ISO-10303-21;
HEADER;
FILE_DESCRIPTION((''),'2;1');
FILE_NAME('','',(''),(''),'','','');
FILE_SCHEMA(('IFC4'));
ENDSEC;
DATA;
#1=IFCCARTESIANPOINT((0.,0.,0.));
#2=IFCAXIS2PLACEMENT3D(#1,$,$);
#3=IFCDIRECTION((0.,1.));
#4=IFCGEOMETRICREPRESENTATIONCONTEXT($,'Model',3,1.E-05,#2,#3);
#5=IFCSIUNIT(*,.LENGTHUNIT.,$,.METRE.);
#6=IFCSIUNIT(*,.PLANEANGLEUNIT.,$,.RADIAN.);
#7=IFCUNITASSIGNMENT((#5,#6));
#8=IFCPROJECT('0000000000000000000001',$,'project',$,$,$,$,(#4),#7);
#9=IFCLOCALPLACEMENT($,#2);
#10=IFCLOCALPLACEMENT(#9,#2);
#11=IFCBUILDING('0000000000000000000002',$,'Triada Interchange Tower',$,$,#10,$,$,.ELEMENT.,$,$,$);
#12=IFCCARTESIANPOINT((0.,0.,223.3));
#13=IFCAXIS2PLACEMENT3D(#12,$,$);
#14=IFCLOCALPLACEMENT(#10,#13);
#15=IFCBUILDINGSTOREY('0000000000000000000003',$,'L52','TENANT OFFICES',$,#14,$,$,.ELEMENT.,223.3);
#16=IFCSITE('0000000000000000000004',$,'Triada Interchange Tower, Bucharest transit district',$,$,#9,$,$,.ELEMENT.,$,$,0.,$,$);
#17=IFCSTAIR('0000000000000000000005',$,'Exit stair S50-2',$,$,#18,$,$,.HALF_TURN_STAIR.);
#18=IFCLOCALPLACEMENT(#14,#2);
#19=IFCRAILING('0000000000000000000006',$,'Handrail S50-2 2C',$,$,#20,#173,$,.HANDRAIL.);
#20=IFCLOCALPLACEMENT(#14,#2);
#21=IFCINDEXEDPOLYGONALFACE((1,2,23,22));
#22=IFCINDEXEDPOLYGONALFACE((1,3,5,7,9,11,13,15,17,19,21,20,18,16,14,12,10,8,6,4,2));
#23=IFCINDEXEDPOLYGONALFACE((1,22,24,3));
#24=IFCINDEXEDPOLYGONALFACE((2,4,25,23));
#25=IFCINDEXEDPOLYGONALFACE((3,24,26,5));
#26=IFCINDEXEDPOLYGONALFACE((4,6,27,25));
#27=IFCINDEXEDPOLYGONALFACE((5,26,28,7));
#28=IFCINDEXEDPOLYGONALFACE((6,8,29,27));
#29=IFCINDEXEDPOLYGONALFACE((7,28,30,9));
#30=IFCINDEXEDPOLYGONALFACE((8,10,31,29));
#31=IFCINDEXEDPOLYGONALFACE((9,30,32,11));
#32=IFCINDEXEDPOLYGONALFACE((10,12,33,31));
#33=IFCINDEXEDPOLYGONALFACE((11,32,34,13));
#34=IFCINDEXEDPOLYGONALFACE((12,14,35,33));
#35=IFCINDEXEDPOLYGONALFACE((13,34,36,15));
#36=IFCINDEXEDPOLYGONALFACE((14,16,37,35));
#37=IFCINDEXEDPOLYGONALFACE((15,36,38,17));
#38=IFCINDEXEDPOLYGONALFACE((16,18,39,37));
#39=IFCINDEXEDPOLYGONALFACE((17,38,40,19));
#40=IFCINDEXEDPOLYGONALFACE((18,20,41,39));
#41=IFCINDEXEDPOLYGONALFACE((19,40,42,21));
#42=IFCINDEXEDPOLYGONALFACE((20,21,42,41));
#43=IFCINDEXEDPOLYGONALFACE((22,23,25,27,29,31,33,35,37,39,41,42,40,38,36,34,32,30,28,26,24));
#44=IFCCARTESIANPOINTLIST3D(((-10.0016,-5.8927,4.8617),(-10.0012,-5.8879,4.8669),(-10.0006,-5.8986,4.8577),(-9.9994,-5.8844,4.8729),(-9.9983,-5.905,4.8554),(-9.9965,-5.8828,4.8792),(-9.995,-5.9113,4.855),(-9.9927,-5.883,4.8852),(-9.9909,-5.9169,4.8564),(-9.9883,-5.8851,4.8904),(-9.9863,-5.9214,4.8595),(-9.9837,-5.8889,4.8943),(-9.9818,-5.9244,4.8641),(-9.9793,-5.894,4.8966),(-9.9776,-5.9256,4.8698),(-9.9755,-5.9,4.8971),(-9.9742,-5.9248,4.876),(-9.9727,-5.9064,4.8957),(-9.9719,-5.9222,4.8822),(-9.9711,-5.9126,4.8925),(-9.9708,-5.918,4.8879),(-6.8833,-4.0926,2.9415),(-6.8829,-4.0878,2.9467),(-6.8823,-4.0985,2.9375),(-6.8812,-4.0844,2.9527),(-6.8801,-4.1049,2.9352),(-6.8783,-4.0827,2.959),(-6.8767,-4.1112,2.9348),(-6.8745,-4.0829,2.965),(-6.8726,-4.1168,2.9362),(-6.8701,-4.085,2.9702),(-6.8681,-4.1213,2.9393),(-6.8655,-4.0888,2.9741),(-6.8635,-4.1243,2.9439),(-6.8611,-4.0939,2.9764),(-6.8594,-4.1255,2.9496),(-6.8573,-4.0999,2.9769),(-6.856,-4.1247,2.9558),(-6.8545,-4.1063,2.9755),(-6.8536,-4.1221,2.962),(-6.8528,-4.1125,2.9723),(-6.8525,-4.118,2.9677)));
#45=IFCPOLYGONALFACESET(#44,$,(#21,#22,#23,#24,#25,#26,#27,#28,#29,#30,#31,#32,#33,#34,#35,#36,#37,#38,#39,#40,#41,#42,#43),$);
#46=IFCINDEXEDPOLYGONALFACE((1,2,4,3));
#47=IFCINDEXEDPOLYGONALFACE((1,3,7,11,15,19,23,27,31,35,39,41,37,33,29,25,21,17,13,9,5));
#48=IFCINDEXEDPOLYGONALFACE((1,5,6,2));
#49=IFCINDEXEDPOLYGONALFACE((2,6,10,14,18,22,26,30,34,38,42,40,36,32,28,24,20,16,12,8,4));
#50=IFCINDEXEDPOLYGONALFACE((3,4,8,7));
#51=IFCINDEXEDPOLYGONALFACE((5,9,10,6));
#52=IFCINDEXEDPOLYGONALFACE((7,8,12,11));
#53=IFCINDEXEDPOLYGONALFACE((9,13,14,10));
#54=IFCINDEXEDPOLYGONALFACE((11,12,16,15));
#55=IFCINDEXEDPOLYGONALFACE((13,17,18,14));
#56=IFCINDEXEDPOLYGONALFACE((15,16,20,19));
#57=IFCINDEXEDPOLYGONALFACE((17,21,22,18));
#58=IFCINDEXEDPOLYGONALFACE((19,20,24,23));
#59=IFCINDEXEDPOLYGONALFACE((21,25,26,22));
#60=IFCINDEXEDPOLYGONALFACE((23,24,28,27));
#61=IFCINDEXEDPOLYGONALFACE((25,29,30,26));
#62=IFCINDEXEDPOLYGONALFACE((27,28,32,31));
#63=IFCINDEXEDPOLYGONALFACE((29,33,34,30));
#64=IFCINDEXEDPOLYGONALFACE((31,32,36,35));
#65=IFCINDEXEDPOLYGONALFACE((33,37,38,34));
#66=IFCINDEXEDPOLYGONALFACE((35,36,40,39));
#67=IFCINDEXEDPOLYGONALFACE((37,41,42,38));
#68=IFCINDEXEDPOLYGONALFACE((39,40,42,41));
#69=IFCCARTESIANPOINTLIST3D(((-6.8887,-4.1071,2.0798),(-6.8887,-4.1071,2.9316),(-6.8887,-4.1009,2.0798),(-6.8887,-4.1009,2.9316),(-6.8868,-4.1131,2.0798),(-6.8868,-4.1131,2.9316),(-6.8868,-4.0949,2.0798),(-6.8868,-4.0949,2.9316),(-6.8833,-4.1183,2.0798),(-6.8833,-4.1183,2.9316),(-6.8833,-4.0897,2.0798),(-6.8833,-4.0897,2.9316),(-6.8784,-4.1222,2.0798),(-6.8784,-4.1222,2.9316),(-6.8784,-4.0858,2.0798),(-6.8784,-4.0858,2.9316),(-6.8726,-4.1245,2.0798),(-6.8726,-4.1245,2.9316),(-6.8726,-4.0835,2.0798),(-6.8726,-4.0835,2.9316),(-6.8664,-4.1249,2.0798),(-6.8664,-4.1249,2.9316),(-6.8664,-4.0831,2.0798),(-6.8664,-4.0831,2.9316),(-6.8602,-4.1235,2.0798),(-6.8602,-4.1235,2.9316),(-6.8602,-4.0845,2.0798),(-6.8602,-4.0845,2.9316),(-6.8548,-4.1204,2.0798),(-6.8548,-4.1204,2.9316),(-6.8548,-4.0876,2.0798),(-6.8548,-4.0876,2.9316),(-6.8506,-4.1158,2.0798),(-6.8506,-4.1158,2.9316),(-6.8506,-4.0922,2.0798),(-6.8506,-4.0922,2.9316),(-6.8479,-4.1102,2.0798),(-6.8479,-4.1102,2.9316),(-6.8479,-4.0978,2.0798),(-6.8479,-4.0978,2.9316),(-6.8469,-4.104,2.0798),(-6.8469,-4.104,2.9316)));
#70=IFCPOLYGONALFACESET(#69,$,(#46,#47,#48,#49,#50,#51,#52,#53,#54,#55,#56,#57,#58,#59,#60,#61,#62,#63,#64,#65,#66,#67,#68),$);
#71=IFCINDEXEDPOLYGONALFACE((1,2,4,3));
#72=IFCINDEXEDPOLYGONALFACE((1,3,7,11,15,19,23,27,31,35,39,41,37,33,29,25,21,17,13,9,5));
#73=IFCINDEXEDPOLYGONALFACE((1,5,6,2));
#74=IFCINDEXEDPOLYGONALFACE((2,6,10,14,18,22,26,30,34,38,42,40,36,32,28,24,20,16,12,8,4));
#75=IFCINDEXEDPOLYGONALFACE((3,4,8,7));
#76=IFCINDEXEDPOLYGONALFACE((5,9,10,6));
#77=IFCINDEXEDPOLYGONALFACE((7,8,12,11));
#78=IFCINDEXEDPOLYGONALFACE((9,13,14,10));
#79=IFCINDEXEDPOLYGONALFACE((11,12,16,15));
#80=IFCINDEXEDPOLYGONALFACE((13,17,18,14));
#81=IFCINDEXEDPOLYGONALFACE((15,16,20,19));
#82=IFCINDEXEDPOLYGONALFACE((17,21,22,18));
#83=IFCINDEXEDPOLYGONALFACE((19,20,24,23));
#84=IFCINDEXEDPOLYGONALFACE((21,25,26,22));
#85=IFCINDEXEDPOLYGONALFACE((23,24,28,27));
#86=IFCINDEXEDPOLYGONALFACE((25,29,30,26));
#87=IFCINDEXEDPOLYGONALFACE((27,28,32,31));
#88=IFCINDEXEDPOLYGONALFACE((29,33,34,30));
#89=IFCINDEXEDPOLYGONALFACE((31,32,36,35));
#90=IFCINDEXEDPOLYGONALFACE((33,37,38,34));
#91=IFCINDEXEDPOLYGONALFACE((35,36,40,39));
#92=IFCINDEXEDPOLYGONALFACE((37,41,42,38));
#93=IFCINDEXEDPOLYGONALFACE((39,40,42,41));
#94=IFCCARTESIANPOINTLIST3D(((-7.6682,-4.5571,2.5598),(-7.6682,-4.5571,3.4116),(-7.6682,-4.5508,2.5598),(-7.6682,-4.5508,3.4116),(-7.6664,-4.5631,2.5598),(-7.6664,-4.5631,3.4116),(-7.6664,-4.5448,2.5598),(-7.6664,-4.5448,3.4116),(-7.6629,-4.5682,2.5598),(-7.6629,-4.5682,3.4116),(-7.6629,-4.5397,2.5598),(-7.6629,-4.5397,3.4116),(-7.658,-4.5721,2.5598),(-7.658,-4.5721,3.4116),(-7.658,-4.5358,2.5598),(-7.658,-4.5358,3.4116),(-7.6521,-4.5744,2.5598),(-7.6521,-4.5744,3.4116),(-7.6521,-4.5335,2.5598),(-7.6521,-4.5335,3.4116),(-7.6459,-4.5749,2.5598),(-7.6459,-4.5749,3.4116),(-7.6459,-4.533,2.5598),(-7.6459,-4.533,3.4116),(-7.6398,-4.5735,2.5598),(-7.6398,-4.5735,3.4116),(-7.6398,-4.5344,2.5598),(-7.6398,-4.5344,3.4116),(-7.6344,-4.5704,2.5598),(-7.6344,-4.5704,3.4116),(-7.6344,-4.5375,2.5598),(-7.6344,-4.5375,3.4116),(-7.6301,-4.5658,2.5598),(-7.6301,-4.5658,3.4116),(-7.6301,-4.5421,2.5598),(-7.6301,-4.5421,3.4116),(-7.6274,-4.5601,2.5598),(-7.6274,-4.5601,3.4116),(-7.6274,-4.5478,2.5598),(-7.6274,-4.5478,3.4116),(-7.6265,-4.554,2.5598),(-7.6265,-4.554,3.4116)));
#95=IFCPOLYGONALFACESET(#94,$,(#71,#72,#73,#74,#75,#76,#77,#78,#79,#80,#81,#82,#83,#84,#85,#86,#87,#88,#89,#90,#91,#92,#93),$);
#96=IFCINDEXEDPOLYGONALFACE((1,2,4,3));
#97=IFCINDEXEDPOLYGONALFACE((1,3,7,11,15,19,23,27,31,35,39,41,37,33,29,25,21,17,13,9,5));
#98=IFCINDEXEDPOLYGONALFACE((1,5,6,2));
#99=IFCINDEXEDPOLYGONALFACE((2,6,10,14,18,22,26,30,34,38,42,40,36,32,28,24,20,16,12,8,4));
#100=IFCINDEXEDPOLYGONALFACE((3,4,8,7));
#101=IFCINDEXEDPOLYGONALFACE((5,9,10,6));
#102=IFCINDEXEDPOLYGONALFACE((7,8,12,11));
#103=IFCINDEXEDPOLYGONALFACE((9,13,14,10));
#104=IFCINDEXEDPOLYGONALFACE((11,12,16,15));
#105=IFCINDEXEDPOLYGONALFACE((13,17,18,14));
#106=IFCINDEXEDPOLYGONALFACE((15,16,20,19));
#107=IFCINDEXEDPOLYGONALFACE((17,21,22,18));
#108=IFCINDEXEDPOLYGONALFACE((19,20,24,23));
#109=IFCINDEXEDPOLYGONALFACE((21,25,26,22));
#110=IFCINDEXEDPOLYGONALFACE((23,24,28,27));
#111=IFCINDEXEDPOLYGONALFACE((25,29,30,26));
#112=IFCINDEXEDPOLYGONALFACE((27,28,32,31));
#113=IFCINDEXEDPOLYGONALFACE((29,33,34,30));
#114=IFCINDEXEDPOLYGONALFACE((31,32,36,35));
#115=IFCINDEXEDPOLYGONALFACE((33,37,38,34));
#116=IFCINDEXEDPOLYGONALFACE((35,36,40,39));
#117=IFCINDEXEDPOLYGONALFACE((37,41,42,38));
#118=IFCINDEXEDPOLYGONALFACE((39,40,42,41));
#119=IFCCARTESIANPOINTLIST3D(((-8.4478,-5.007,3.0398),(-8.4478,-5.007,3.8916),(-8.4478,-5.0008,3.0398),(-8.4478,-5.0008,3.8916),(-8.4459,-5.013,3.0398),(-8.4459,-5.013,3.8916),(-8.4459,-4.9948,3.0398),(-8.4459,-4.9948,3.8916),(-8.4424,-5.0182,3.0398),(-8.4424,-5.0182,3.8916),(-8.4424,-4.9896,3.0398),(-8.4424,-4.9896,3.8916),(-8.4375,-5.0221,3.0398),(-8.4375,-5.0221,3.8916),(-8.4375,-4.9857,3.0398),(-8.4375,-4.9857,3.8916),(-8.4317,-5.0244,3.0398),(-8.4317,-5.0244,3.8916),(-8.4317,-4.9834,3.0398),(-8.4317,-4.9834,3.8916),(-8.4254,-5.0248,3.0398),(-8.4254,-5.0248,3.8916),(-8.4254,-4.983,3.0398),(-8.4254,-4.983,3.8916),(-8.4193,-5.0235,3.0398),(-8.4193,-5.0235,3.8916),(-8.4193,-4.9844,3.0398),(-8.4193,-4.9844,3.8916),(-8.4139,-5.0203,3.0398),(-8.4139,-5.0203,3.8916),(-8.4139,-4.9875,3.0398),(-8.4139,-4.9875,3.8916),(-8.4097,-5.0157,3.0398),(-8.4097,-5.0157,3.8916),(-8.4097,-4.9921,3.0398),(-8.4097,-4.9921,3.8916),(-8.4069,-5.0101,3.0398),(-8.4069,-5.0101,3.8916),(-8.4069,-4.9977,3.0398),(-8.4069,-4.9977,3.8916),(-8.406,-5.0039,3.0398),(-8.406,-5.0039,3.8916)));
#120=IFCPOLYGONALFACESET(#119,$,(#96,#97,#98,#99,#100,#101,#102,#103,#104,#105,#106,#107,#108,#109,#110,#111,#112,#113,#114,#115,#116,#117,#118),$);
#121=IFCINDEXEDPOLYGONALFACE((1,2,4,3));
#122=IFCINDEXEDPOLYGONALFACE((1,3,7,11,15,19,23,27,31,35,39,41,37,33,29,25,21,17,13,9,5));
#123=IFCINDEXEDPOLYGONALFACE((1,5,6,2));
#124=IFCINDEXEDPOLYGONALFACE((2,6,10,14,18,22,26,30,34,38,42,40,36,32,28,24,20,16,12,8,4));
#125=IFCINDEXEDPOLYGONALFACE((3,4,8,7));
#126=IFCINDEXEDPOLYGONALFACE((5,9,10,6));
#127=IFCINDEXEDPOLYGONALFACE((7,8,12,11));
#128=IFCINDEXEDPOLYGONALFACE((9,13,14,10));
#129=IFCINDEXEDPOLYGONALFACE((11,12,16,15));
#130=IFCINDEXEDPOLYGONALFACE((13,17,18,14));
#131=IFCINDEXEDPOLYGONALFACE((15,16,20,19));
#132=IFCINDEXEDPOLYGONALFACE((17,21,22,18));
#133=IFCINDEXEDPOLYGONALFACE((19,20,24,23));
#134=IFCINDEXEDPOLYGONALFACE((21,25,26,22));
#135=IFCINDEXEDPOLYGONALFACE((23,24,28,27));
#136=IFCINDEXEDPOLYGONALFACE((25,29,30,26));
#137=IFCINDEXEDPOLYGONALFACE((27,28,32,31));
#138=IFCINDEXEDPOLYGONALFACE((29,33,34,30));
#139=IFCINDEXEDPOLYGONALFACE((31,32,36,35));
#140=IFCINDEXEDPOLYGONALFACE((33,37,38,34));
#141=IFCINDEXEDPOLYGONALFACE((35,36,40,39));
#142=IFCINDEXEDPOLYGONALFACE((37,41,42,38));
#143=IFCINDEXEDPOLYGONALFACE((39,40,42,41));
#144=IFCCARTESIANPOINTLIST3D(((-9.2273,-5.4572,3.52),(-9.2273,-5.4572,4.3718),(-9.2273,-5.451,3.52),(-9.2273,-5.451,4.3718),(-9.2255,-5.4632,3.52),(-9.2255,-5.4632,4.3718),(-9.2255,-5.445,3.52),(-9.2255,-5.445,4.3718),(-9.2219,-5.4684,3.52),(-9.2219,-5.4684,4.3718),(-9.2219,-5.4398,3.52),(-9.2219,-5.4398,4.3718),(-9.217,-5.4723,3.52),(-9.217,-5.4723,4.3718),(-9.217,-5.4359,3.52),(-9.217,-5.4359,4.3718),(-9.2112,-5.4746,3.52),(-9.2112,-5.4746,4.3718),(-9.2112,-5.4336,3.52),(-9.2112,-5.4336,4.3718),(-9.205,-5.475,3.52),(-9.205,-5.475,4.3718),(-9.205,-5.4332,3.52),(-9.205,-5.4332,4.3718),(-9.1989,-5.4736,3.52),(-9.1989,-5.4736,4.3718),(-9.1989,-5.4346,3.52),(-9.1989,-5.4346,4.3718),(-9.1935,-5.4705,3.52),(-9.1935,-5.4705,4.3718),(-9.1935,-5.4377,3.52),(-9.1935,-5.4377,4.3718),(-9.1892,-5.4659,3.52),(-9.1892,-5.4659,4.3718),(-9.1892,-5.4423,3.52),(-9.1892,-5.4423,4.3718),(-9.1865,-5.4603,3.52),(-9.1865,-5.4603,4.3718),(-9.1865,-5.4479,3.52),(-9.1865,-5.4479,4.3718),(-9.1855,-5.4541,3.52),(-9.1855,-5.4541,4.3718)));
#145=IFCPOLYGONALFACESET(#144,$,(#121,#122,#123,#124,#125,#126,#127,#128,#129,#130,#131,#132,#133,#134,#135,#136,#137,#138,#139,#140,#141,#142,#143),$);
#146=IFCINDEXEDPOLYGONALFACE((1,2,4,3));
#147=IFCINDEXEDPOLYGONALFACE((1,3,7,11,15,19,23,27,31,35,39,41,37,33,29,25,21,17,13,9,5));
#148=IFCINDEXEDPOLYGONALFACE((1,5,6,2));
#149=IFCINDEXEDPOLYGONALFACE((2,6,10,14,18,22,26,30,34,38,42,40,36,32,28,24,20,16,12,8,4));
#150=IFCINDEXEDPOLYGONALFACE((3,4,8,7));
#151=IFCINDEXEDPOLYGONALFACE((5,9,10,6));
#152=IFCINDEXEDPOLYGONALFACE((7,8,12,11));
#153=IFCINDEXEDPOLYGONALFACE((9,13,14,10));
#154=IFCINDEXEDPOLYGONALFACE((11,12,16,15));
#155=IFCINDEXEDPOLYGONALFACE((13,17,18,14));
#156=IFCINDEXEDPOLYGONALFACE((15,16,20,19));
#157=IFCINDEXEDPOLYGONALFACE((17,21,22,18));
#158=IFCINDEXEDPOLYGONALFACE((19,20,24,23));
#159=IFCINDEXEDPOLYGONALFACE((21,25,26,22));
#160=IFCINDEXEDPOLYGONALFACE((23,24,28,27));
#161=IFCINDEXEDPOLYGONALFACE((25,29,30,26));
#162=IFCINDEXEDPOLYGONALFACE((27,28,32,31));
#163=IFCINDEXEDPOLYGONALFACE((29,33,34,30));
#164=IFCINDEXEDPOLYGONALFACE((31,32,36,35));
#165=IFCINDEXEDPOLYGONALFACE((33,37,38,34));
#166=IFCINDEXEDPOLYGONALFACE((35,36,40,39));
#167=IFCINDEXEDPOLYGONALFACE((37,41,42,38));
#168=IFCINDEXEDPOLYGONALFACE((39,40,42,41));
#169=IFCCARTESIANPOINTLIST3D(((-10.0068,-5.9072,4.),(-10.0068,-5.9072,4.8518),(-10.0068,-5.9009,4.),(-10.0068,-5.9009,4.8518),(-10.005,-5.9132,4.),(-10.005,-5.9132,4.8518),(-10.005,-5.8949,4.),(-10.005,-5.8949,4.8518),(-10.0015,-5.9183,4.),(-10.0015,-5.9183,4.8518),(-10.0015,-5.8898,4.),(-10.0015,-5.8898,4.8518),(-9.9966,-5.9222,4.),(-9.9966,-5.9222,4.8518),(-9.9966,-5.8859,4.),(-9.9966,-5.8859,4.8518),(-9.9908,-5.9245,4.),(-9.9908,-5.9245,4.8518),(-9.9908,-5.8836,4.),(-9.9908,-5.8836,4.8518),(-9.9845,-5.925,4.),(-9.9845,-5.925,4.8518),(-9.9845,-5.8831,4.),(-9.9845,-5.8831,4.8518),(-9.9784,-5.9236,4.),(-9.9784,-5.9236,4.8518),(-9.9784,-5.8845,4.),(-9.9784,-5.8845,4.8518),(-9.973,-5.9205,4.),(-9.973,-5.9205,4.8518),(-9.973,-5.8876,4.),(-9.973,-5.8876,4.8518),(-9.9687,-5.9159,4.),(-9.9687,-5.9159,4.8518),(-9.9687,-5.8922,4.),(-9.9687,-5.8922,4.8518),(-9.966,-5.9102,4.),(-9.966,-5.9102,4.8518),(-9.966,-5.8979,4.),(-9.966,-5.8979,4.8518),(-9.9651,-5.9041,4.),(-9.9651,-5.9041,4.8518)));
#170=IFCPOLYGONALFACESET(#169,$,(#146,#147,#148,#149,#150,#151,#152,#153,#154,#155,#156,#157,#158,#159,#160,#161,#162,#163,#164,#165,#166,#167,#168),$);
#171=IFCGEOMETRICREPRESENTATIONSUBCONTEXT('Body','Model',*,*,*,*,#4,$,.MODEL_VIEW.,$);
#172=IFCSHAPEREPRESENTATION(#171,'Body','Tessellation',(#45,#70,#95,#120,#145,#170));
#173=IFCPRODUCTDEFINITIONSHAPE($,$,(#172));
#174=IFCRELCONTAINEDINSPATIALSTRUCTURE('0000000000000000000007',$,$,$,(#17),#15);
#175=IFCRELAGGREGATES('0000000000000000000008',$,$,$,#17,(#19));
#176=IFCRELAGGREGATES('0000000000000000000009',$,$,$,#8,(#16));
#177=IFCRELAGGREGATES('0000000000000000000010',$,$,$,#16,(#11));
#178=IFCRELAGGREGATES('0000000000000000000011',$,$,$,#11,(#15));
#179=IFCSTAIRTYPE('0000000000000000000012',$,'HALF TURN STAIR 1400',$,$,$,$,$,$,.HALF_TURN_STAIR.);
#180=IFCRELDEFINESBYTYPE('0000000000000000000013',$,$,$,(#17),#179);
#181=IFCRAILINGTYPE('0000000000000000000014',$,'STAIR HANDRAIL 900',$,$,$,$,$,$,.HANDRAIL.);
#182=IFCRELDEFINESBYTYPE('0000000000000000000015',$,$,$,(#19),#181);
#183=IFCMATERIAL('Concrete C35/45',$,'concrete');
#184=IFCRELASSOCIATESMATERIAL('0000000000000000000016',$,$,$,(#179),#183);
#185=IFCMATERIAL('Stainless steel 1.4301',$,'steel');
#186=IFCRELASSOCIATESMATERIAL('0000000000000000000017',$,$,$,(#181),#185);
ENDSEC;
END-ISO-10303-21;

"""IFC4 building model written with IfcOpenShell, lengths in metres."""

from ifc_helpers import new_model, si_unit, direction, frame, origin, origin_2d, place, context, subcontext, project, spatial, circle, extrude, material, type_object, element, aggregate, save


model = new_model("IFC4")

# Units and contexts
model_context = context("Model", 3, precision=1e-05, world=origin(), true_north=direction((0.0, 1.0)))
body_context = subcontext(model_context, "Body", "Model", "MODEL_VIEW")
ifc_project = project(units=[si_unit("LENGTHUNIT", "METRE"), si_unit("PLANEANGLEUNIT", "RADIAN")], contexts=[model_context])

# Site, building, storey
site_placement = place(None, origin())
site = spatial("IfcSite", under=ifc_project, at=site_placement, Name="Triada Interchange Tower, Bucharest transit district", CompositionType="ELEMENT", RefElevation=0.0)
building_placement = place(site_placement, origin())
building = spatial("IfcBuilding", under=site, at=building_placement, Name="Triada Interchange Tower", CompositionType="ELEMENT")
storey_placement = place(building_placement, frame((0.0, 0.0, 223.3)))
storey = spatial("IfcBuildingStorey", under=building, at=storey_placement, Name="L52", Description="TENANT OFFICES", CompositionType="ELEMENT", Elevation=223.3)

# Stair, railing
ifc_material_1 = material(Name="Concrete C35/45", Category="concrete")
stair_type = type_object("IfcStairType", Name="HALF TURN STAIR 1400", PredefinedType="HALF_TURN_STAIR", material=ifc_material_1)
stair_placement = place(storey_placement, origin())
stair = element("IfcStair", 1, at=stair_placement, inside=storey, type_object=stair_type, Name="Exit stair S50-2", PredefinedType="HALF_TURN_STAIR")
ifc_material_2 = material(Name="Stainless steel 1.4301", Category="steel")
railing_type = type_object("IfcRailingType", Name="STAIR HANDRAIL 900", PredefinedType="HANDRAIL", material=ifc_material_2)
railing_1_placement = place(storey_placement, frame((-6.8679, -4.104, 2.0798)))
railing_1 = element("IfcRailing", 2, at=railing_1_placement, type_object=railing_type, Name="Handrail S50-2 2C", PredefinedType="HANDRAIL", context=body_context, shape_type="SweptSolid", body=[
    extrude(circle(Radius=0.0239, at=origin_2d()), frame((0.0, 0.0, 0.876), z_axis=(-0.76417, -0.441139, 0.470576), x_axis=(0.499953, -0.866052, 0.0)), (0.0, 0.0, 1.0), 4.0806),
    extrude(circle(Radius=0.021, at=origin_2d()), origin(), (0.0, 0.0, 1.0), 0.8518),
    extrude(circle(Radius=0.021, at=origin_2d()), frame((-0.7795, -0.45, 0.48)), (0.0, 0.0, 1.0), 0.8518),
    extrude(circle(Radius=0.021, at=origin_2d()), frame((-1.5591, -0.8999, 0.96)), (0.0, 0.0, 1.0), 0.8518),
    extrude(circle(Radius=0.021, at=origin_2d()), frame((-2.3386, -1.3501, 1.4402)), (0.0, 0.0, 1.0), 0.8518),
    extrude(circle(Radius=0.021, at=origin_2d()), frame((-3.1182, -1.8, 1.9202)), (0.0, 0.0, 1.0), 0.8518),
])
aggregate(stair, [railing_1])

save(model, "model.ifc")
